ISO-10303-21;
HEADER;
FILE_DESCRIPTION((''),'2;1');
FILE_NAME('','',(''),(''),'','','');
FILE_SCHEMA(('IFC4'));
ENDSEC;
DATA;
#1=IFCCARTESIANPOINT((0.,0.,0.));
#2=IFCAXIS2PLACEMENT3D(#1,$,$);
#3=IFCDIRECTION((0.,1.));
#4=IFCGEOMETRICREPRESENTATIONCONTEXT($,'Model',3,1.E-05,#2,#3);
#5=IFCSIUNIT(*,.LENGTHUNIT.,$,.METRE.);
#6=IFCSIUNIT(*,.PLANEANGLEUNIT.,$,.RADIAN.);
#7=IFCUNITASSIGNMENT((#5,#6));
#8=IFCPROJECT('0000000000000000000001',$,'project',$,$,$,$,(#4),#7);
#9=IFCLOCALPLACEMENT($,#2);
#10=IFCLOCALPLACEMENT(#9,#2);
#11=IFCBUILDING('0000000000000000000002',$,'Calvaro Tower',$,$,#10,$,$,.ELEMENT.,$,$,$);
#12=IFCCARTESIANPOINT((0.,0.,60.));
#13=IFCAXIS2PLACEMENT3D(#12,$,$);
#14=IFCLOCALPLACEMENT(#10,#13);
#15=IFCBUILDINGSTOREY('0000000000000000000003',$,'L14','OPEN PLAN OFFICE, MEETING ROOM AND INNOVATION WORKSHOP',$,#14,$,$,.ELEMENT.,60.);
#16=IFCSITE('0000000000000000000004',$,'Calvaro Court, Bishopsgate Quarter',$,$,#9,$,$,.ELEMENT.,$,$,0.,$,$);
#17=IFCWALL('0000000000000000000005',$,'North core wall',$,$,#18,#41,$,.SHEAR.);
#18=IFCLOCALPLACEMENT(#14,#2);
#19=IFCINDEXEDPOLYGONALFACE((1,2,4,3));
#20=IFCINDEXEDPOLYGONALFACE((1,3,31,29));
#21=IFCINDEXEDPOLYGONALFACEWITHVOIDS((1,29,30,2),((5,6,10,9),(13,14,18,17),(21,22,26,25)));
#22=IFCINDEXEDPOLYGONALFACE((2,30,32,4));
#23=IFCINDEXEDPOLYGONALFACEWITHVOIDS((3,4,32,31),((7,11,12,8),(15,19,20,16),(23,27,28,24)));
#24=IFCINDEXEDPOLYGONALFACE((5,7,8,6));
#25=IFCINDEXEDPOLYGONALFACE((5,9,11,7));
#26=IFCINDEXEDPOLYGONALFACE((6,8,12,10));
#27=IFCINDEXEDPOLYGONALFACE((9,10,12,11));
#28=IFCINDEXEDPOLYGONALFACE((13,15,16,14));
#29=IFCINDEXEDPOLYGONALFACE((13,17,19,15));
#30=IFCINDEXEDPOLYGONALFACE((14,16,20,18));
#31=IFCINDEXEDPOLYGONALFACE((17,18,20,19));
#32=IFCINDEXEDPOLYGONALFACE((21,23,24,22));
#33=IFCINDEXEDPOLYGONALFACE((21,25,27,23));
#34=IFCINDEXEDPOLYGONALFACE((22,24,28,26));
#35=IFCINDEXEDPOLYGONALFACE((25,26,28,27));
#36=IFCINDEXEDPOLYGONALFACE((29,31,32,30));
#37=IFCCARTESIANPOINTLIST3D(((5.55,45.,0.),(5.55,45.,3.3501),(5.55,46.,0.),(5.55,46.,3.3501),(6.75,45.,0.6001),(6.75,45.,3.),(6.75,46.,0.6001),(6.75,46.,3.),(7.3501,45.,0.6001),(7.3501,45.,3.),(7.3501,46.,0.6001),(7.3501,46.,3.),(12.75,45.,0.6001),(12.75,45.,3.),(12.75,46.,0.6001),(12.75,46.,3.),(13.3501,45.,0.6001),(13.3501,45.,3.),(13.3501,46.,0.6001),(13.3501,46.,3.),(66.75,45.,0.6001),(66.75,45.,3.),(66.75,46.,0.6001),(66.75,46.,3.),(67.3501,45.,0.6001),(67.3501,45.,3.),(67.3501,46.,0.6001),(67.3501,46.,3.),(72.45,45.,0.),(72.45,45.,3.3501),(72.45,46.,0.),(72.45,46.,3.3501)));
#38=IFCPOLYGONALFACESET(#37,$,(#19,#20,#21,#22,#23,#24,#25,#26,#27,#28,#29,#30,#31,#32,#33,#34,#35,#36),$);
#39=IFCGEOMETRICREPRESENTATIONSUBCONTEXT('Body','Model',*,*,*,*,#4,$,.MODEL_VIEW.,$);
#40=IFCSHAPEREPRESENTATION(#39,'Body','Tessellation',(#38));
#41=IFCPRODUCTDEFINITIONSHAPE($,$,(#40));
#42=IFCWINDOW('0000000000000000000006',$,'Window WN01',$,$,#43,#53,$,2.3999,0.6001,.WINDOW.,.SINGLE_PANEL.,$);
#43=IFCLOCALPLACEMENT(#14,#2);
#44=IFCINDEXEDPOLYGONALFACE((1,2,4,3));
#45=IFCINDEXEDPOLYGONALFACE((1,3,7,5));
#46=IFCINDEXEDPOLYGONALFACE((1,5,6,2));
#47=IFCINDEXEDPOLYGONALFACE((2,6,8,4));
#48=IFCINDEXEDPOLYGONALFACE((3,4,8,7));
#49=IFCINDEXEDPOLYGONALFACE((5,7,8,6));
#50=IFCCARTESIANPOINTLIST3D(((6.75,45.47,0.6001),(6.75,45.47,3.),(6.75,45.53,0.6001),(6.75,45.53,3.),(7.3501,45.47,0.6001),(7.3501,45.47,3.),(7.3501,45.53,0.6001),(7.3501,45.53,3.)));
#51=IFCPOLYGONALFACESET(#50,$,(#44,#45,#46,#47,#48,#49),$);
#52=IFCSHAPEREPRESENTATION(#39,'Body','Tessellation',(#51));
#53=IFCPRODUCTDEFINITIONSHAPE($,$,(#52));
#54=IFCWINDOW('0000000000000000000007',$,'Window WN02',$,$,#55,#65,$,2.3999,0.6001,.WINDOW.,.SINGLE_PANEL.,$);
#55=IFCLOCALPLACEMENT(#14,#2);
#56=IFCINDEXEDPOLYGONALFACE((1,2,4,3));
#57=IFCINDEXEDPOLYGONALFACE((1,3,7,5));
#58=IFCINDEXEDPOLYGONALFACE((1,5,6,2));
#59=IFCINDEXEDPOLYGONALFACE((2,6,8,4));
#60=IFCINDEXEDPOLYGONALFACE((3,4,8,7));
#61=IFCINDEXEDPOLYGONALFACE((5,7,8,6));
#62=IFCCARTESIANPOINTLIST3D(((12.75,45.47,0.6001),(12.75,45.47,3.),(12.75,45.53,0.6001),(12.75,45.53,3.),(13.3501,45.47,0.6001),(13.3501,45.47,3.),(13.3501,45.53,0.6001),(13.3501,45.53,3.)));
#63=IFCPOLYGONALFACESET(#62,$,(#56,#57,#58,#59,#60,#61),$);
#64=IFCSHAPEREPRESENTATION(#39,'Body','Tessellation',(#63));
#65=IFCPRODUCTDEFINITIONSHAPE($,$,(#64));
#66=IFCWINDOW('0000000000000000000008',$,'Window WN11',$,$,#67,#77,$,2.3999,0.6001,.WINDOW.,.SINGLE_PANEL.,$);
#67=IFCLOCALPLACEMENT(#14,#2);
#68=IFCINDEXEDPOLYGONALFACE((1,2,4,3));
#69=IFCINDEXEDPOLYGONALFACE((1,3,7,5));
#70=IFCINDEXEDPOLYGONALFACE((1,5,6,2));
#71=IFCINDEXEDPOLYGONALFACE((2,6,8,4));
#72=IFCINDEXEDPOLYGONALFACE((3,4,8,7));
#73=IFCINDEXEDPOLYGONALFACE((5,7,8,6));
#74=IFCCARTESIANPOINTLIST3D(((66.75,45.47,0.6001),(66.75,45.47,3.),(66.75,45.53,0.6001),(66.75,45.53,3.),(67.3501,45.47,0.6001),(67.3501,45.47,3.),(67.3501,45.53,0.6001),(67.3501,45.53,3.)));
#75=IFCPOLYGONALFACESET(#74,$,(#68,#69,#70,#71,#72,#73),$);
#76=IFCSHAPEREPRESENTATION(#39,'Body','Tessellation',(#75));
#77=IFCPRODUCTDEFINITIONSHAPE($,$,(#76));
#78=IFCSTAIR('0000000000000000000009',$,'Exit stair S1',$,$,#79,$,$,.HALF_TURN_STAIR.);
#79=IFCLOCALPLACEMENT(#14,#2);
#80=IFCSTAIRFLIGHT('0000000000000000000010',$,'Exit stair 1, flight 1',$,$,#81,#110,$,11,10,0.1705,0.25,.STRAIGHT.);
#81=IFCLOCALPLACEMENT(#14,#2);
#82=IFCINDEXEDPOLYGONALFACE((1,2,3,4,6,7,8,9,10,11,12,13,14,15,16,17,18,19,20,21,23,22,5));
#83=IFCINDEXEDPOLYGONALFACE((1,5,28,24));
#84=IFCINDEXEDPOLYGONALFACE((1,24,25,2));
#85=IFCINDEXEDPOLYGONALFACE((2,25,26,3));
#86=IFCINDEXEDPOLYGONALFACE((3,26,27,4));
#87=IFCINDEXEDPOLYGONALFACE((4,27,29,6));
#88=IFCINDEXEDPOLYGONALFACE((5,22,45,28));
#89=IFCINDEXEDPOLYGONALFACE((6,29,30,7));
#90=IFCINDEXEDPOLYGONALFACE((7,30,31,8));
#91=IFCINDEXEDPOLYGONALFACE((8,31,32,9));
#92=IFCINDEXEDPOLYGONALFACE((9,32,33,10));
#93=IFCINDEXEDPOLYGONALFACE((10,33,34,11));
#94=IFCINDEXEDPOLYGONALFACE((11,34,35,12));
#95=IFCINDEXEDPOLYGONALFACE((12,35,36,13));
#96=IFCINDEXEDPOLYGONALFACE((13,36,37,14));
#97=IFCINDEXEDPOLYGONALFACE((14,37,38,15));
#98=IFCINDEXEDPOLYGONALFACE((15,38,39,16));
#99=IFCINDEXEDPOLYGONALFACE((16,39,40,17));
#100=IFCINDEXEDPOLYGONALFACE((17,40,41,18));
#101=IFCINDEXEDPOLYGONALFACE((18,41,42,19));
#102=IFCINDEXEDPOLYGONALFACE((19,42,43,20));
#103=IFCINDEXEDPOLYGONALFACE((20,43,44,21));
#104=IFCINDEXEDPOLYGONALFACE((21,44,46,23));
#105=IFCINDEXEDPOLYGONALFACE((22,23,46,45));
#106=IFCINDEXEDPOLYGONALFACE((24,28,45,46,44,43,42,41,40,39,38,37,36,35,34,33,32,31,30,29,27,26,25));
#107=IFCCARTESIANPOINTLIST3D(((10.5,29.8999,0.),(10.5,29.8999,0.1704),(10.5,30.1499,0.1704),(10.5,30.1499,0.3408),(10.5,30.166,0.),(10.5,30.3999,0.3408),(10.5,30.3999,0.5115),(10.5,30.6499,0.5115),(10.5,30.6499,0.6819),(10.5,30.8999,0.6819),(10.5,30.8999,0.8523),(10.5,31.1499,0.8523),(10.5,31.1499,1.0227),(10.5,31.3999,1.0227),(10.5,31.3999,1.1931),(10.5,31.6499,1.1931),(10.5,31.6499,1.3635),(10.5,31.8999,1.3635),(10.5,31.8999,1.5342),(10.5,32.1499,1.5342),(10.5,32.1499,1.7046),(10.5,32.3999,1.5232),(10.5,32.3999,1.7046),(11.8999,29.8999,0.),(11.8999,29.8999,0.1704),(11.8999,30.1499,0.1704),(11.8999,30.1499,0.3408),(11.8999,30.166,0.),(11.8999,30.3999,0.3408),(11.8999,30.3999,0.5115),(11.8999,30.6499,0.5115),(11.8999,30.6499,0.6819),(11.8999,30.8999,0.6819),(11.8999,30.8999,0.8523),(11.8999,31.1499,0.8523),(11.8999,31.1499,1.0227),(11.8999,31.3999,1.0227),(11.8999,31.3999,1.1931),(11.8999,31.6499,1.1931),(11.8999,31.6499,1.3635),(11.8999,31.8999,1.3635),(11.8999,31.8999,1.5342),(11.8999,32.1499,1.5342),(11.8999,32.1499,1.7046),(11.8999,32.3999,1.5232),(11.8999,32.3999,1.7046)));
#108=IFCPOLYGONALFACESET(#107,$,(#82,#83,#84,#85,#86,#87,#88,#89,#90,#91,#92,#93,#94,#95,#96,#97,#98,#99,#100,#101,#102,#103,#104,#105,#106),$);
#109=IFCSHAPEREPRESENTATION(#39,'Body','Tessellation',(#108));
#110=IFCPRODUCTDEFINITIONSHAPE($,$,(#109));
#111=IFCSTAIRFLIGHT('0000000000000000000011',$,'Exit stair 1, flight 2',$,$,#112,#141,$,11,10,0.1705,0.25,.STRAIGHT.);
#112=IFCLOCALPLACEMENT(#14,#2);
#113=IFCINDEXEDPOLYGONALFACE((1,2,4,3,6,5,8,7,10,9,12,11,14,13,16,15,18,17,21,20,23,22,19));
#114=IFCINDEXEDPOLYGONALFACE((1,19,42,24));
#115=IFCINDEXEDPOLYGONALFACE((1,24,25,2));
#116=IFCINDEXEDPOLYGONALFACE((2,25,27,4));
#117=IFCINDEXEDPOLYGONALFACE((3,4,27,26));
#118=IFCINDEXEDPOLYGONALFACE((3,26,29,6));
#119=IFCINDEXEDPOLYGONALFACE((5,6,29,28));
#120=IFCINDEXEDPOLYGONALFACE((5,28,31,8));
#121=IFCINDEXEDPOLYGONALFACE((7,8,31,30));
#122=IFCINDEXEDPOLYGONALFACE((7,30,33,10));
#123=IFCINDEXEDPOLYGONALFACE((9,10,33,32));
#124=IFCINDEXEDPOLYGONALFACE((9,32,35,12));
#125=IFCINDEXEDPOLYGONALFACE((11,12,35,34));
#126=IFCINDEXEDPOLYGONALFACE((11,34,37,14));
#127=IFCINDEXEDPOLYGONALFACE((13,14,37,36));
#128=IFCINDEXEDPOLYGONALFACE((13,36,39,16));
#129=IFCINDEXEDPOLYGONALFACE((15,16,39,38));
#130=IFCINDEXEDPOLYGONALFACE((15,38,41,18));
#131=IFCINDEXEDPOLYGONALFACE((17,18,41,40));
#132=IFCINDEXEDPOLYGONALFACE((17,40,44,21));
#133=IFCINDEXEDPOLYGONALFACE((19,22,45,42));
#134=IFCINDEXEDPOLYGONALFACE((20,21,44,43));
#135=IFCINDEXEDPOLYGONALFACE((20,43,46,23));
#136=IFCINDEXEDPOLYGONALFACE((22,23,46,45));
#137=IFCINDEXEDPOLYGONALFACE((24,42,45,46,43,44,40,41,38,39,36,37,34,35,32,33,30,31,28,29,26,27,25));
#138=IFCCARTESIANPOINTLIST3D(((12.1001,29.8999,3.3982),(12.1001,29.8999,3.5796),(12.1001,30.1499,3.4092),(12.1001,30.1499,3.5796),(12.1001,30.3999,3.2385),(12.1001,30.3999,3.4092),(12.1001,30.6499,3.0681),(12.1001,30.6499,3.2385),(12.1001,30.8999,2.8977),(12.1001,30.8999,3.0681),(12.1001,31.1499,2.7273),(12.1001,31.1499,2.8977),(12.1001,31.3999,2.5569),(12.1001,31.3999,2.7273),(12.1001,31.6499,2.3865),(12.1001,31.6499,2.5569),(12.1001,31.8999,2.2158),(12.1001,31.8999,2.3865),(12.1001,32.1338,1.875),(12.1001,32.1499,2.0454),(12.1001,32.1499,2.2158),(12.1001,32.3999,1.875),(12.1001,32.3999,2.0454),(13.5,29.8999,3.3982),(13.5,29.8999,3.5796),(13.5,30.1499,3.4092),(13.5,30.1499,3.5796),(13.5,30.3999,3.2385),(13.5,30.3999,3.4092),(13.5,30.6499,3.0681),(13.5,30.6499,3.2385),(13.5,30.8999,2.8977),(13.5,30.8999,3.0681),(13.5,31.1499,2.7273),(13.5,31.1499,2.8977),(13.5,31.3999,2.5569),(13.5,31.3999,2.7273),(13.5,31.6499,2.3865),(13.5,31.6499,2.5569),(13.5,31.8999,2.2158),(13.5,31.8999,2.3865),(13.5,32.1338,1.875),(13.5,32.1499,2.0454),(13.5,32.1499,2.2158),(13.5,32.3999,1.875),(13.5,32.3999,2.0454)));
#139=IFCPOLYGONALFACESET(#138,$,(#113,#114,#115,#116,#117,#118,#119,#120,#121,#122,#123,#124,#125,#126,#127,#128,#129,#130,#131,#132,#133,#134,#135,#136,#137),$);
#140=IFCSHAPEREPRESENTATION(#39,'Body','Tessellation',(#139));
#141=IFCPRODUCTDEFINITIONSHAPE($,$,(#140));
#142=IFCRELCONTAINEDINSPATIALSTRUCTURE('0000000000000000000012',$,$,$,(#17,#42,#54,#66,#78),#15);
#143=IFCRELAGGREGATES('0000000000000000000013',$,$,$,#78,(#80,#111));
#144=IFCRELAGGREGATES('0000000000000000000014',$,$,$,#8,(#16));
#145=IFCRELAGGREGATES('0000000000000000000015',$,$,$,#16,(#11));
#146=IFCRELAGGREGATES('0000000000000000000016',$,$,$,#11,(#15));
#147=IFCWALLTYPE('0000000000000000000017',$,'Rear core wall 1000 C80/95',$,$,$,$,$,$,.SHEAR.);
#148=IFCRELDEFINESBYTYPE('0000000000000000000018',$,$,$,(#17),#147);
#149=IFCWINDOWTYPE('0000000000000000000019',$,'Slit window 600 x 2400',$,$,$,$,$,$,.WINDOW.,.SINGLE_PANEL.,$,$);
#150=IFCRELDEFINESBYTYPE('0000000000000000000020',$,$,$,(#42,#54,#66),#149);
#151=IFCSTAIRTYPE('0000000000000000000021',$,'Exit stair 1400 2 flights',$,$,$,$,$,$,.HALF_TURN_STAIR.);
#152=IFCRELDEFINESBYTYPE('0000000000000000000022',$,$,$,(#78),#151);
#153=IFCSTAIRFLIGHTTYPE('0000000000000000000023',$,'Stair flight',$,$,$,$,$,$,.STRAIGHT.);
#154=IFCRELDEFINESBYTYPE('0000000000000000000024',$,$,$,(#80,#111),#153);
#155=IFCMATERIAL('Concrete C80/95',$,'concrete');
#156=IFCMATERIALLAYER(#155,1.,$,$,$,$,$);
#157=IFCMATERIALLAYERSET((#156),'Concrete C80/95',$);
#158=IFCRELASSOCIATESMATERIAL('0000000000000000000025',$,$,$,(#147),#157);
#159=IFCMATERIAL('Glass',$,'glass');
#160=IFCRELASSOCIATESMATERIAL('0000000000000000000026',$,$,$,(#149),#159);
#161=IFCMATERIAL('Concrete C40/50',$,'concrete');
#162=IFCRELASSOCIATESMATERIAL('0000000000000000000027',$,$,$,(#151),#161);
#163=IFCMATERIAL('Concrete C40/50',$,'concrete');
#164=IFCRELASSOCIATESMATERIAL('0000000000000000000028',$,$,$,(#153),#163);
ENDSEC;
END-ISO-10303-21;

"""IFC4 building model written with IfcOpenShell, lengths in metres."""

from ifc_helpers import new_model, si_unit, direction, frame, frame_2d, origin, place, context, subcontext, project, spatial, polyline, rectangle, outline, extrude, material, layer, layer_set, type_object, element, fill, aggregate, save


model = new_model("IFC4")

# Units and contexts
model_context = context("Model", 3, precision=1e-05, world=origin(), true_north=direction((0.0, 1.0)))
body_context = subcontext(model_context, "Body", "Model", "MODEL_VIEW")
ifc_project = project(units=[si_unit("LENGTHUNIT", "METRE"), si_unit("PLANEANGLEUNIT", "RADIAN")], contexts=[model_context])

# Site, building, storey
site_placement = place(None, origin())
site = spatial("IfcSite", under=ifc_project, at=site_placement, Name="Calvaro Court, Bishopsgate Quarter", CompositionType="ELEMENT", RefElevation=0.0)
building_placement = place(site_placement, origin())
building = spatial("IfcBuilding", under=site, at=building_placement, Name="Calvaro Tower", CompositionType="ELEMENT")
storey_placement = place(building_placement, frame((0.0, 0.0, 60.0)))
storey = spatial("IfcBuildingStorey", under=building, at=storey_placement, Name="L14", Description="OPEN PLAN OFFICE, MEETING ROOM AND INNOVATION WORKSHOP", CompositionType="ELEMENT", Elevation=60.0)

# Wall, openings, windows
ifc_material_1 = material(Name="Concrete C80/95", Category="concrete")
ifc_layer_1 = layer(ifc_material_1, 1.0)
ifc_layer_set_1 = layer_set([ifc_layer_1], Name="Concrete C80/95")
wall_type_1 = type_object("IfcWallType", Name="Rear core wall 1000 C80/95", PredefinedType="SHEAR", material=ifc_layer_set_1)
wall_1_placement = place(storey_placement, frame((5.55, 45.5, 0.0), z_axis=(0.0, 0.0, 1.0), x_axis=(1.0, 0.0, 0.0)))
wall_1 = element("IfcWall", 1, at=wall_1_placement, inside=storey, type_object=wall_type_1, Name="North core wall", PredefinedType="SHEAR", context=body_context, shape_type="SweptSolid", body=[
    extrude(rectangle(XDim=66.8999, YDim=1.0, at=frame_2d((33.45, 0.0))), origin(), (0.0, 0.0, 1.0), 3.3501),
])
opening_1_placement = place(wall_1_placement, frame((1.2, 0.0, 0.6001)))
opening_1 = element("IfcOpeningElement", 2, at=opening_1_placement, cuts=wall_1, PredefinedType="OPENING", context=body_context, shape_type="SweptSolid", body=[
    extrude(rectangle(XDim=0.6001, YDim=2.3999, at=frame_2d((0.3, 1.2))), frame((0.0, 0.51, 0.0), z_axis=(0.0, -1.0, 0.0), x_axis=(1.0, 0.0, 0.0)), (0.0, 0.0, 1.0), 1.02),
])
opening_2_placement = place(wall_1_placement, frame((7.2, 0.0, 0.6001)))
opening_2 = element("IfcOpeningElement", 3, at=opening_2_placement, cuts=wall_1, PredefinedType="OPENING", context=body_context, shape_type="SweptSolid", body=[
    extrude(rectangle(XDim=0.6001, YDim=2.3999, at=frame_2d((0.3, 1.2))), frame((0.0, 0.51, 0.0), z_axis=(0.0, -1.0, 0.0), x_axis=(1.0, 0.0, 0.0)), (0.0, 0.0, 1.0), 1.02),
])
opening_3_placement = place(wall_1_placement, frame((61.2, 0.0, 0.6001)))
opening_3 = element("IfcOpeningElement", 4, at=opening_3_placement, cuts=wall_1, PredefinedType="OPENING", context=body_context, shape_type="SweptSolid", body=[
    extrude(rectangle(XDim=0.6001, YDim=2.3999, at=frame_2d((0.3, 1.2))), frame((0.0, 0.51, 0.0), z_axis=(0.0, -1.0, 0.0), x_axis=(1.0, 0.0, 0.0)), (0.0, 0.0, 1.0), 1.02),
])
ifc_material_2 = material(Name="Glass", Category="glass")
window_type = type_object("IfcWindowType", Name="Slit window 600 x 2400", PartitioningType="SINGLE_PANEL", PredefinedType="WINDOW", material=ifc_material_2)
window_1_placement = place(opening_1_placement, origin())
window_1 = element("IfcWindow", 5, at=window_1_placement, inside=storey, type_object=window_type, Name="Window WN01", OverallHeight=2.3999, OverallWidth=0.6001, PartitioningType="SINGLE_PANEL", PredefinedType="WINDOW", context=body_context, shape_type="SweptSolid", body=[
    extrude(rectangle(XDim=0.6001, YDim=2.3999, at=frame_2d((0.3, 1.2))), frame((0.0, 0.03, 0.0), z_axis=(0.0, -1.0, 0.0), x_axis=(1.0, 0.0, 0.0)), (0.0, 0.0, 1.0), 0.0601),
])
fill(opening_1, window_1)
window_2_placement = place(opening_2_placement, origin())
window_2 = element("IfcWindow", 6, at=window_2_placement, inside=storey, type_object=window_type, Name="Window WN02", OverallHeight=2.3999, OverallWidth=0.6001, PartitioningType="SINGLE_PANEL", PredefinedType="WINDOW", context=body_context, shape_type="SweptSolid", body=[
    extrude(rectangle(XDim=0.6001, YDim=2.3999, at=frame_2d((0.3, 1.2))), frame((0.0, 0.03, 0.0), z_axis=(0.0, -1.0, 0.0), x_axis=(1.0, 0.0, 0.0)), (0.0, 0.0, 1.0), 0.0601),
])
fill(opening_2, window_2)
window_3_placement = place(opening_3_placement, origin())
window_3 = element("IfcWindow", 7, at=window_3_placement, inside=storey, type_object=window_type, Name="Window WN11", OverallHeight=2.3999, OverallWidth=0.6001, PartitioningType="SINGLE_PANEL", PredefinedType="WINDOW", context=body_context, shape_type="SweptSolid", body=[
    extrude(rectangle(XDim=0.6001, YDim=2.3999, at=frame_2d((0.3, 1.2))), frame((0.0, 0.03, 0.0), z_axis=(0.0, -1.0, 0.0), x_axis=(1.0, 0.0, 0.0)), (0.0, 0.0, 1.0), 0.0601),
])
fill(opening_3, window_3)

# Stair, stair flights
ifc_material_3 = material(Name="Concrete C40/50", Category="concrete")
stair_type = type_object("IfcStairType", Name="Exit stair 1400 2 flights", PredefinedType="HALF_TURN_STAIR", material=ifc_material_3)
stair_placement = place(storey_placement, origin())
stair = element("IfcStair", 8, at=stair_placement, inside=storey, type_object=stair_type, Name="Exit stair S1", PredefinedType="HALF_TURN_STAIR")
ifc_material_4 = material(Name="Concrete C40/50", Category="concrete")
stair_flight_type = type_object("IfcStairFlightType", Name="Stair flight", PredefinedType="STRAIGHT", material=ifc_material_4)
stair_flight_1_placement = place(storey_placement, frame((11.2, 29.8999, 0.0), z_axis=(0.0, 0.0, 1.0), x_axis=(0.0, 1.0, 0.0)))
stair_flight_1 = element("IfcStairFlight", 9, at=stair_flight_1_placement, type_object=stair_flight_type, Name="Exit stair 1, flight 1", NumberOfRisers=11, NumberOfTreads=10, PredefinedType="STRAIGHT", RiserHeight=0.1705, TreadLength=0.25, context=body_context, shape_type="SweptSolid", body=[
    extrude(outline(polyline([(0.0, 0.0), (0.0, 0.1704), (0.25, 0.1704), (0.25, 0.3408), (0.5, 0.3408), (0.5, 0.5115), (0.75, 0.5115), (0.75, 0.6819), (1.0, 0.6819), (1.0, 0.8523), (1.25, 0.8523), (1.25, 1.0227), (1.5, 1.0227), (1.5, 1.1931), (1.75, 1.1931), (1.75, 1.3635), (2.0, 1.3635), (2.0, 1.5342), (2.25, 1.5342), (2.25, 1.7046), (2.5, 1.7046), (2.5, 1.875), (2.5, 1.5232), (0.2661, 0.0), (0.0, 0.0)])), frame((0.0, 0.7, 0.0), z_axis=(0.0, -1.0, 0.0), x_axis=(1.0, 0.0, 0.0)), (0.0, 0.0, 1.0), 1.3999),
])
stair_flight_2_placement = place(storey_placement, frame((12.8, 32.3999, 1.875), z_axis=(0.0, 0.0, 1.0), x_axis=(0.0, -1.0, 0.0)))
stair_flight_2 = element("IfcStairFlight", 10, at=stair_flight_2_placement, type_object=stair_flight_type, Name="Exit stair 1, flight 2", NumberOfRisers=11, NumberOfTreads=10, PredefinedType="STRAIGHT", RiserHeight=0.1705, TreadLength=0.25, context=body_context, shape_type="SweptSolid", body=[
    extrude(outline(polyline([(0.0, 0.0), (0.0, 0.1704), (0.25, 0.1704), (0.25, 0.3408), (0.5, 0.3408), (0.5, 0.5115), (0.75, 0.5115), (0.75, 0.6819), (1.0, 0.6819), (1.0, 0.8523), (1.25, 0.8523), (1.25, 1.0227), (1.5, 1.0227), (1.5, 1.1931), (1.75, 1.1931), (1.75, 1.3635), (2.0, 1.3635), (2.0, 1.5342), (2.25, 1.5342), (2.25, 1.7046), (2.5, 1.7046), (2.5, 1.875), (2.5, 1.5232), (0.2661, 0.0), (0.0, 0.0)])), frame((0.0, 0.7, 0.0), z_axis=(0.0, -1.0, 0.0), x_axis=(1.0, 0.0, 0.0)), (0.0, 0.0, 1.0), 1.3999),
])
aggregate(stair, [stair_flight_1, stair_flight_2])

save(model, "model.ifc")
